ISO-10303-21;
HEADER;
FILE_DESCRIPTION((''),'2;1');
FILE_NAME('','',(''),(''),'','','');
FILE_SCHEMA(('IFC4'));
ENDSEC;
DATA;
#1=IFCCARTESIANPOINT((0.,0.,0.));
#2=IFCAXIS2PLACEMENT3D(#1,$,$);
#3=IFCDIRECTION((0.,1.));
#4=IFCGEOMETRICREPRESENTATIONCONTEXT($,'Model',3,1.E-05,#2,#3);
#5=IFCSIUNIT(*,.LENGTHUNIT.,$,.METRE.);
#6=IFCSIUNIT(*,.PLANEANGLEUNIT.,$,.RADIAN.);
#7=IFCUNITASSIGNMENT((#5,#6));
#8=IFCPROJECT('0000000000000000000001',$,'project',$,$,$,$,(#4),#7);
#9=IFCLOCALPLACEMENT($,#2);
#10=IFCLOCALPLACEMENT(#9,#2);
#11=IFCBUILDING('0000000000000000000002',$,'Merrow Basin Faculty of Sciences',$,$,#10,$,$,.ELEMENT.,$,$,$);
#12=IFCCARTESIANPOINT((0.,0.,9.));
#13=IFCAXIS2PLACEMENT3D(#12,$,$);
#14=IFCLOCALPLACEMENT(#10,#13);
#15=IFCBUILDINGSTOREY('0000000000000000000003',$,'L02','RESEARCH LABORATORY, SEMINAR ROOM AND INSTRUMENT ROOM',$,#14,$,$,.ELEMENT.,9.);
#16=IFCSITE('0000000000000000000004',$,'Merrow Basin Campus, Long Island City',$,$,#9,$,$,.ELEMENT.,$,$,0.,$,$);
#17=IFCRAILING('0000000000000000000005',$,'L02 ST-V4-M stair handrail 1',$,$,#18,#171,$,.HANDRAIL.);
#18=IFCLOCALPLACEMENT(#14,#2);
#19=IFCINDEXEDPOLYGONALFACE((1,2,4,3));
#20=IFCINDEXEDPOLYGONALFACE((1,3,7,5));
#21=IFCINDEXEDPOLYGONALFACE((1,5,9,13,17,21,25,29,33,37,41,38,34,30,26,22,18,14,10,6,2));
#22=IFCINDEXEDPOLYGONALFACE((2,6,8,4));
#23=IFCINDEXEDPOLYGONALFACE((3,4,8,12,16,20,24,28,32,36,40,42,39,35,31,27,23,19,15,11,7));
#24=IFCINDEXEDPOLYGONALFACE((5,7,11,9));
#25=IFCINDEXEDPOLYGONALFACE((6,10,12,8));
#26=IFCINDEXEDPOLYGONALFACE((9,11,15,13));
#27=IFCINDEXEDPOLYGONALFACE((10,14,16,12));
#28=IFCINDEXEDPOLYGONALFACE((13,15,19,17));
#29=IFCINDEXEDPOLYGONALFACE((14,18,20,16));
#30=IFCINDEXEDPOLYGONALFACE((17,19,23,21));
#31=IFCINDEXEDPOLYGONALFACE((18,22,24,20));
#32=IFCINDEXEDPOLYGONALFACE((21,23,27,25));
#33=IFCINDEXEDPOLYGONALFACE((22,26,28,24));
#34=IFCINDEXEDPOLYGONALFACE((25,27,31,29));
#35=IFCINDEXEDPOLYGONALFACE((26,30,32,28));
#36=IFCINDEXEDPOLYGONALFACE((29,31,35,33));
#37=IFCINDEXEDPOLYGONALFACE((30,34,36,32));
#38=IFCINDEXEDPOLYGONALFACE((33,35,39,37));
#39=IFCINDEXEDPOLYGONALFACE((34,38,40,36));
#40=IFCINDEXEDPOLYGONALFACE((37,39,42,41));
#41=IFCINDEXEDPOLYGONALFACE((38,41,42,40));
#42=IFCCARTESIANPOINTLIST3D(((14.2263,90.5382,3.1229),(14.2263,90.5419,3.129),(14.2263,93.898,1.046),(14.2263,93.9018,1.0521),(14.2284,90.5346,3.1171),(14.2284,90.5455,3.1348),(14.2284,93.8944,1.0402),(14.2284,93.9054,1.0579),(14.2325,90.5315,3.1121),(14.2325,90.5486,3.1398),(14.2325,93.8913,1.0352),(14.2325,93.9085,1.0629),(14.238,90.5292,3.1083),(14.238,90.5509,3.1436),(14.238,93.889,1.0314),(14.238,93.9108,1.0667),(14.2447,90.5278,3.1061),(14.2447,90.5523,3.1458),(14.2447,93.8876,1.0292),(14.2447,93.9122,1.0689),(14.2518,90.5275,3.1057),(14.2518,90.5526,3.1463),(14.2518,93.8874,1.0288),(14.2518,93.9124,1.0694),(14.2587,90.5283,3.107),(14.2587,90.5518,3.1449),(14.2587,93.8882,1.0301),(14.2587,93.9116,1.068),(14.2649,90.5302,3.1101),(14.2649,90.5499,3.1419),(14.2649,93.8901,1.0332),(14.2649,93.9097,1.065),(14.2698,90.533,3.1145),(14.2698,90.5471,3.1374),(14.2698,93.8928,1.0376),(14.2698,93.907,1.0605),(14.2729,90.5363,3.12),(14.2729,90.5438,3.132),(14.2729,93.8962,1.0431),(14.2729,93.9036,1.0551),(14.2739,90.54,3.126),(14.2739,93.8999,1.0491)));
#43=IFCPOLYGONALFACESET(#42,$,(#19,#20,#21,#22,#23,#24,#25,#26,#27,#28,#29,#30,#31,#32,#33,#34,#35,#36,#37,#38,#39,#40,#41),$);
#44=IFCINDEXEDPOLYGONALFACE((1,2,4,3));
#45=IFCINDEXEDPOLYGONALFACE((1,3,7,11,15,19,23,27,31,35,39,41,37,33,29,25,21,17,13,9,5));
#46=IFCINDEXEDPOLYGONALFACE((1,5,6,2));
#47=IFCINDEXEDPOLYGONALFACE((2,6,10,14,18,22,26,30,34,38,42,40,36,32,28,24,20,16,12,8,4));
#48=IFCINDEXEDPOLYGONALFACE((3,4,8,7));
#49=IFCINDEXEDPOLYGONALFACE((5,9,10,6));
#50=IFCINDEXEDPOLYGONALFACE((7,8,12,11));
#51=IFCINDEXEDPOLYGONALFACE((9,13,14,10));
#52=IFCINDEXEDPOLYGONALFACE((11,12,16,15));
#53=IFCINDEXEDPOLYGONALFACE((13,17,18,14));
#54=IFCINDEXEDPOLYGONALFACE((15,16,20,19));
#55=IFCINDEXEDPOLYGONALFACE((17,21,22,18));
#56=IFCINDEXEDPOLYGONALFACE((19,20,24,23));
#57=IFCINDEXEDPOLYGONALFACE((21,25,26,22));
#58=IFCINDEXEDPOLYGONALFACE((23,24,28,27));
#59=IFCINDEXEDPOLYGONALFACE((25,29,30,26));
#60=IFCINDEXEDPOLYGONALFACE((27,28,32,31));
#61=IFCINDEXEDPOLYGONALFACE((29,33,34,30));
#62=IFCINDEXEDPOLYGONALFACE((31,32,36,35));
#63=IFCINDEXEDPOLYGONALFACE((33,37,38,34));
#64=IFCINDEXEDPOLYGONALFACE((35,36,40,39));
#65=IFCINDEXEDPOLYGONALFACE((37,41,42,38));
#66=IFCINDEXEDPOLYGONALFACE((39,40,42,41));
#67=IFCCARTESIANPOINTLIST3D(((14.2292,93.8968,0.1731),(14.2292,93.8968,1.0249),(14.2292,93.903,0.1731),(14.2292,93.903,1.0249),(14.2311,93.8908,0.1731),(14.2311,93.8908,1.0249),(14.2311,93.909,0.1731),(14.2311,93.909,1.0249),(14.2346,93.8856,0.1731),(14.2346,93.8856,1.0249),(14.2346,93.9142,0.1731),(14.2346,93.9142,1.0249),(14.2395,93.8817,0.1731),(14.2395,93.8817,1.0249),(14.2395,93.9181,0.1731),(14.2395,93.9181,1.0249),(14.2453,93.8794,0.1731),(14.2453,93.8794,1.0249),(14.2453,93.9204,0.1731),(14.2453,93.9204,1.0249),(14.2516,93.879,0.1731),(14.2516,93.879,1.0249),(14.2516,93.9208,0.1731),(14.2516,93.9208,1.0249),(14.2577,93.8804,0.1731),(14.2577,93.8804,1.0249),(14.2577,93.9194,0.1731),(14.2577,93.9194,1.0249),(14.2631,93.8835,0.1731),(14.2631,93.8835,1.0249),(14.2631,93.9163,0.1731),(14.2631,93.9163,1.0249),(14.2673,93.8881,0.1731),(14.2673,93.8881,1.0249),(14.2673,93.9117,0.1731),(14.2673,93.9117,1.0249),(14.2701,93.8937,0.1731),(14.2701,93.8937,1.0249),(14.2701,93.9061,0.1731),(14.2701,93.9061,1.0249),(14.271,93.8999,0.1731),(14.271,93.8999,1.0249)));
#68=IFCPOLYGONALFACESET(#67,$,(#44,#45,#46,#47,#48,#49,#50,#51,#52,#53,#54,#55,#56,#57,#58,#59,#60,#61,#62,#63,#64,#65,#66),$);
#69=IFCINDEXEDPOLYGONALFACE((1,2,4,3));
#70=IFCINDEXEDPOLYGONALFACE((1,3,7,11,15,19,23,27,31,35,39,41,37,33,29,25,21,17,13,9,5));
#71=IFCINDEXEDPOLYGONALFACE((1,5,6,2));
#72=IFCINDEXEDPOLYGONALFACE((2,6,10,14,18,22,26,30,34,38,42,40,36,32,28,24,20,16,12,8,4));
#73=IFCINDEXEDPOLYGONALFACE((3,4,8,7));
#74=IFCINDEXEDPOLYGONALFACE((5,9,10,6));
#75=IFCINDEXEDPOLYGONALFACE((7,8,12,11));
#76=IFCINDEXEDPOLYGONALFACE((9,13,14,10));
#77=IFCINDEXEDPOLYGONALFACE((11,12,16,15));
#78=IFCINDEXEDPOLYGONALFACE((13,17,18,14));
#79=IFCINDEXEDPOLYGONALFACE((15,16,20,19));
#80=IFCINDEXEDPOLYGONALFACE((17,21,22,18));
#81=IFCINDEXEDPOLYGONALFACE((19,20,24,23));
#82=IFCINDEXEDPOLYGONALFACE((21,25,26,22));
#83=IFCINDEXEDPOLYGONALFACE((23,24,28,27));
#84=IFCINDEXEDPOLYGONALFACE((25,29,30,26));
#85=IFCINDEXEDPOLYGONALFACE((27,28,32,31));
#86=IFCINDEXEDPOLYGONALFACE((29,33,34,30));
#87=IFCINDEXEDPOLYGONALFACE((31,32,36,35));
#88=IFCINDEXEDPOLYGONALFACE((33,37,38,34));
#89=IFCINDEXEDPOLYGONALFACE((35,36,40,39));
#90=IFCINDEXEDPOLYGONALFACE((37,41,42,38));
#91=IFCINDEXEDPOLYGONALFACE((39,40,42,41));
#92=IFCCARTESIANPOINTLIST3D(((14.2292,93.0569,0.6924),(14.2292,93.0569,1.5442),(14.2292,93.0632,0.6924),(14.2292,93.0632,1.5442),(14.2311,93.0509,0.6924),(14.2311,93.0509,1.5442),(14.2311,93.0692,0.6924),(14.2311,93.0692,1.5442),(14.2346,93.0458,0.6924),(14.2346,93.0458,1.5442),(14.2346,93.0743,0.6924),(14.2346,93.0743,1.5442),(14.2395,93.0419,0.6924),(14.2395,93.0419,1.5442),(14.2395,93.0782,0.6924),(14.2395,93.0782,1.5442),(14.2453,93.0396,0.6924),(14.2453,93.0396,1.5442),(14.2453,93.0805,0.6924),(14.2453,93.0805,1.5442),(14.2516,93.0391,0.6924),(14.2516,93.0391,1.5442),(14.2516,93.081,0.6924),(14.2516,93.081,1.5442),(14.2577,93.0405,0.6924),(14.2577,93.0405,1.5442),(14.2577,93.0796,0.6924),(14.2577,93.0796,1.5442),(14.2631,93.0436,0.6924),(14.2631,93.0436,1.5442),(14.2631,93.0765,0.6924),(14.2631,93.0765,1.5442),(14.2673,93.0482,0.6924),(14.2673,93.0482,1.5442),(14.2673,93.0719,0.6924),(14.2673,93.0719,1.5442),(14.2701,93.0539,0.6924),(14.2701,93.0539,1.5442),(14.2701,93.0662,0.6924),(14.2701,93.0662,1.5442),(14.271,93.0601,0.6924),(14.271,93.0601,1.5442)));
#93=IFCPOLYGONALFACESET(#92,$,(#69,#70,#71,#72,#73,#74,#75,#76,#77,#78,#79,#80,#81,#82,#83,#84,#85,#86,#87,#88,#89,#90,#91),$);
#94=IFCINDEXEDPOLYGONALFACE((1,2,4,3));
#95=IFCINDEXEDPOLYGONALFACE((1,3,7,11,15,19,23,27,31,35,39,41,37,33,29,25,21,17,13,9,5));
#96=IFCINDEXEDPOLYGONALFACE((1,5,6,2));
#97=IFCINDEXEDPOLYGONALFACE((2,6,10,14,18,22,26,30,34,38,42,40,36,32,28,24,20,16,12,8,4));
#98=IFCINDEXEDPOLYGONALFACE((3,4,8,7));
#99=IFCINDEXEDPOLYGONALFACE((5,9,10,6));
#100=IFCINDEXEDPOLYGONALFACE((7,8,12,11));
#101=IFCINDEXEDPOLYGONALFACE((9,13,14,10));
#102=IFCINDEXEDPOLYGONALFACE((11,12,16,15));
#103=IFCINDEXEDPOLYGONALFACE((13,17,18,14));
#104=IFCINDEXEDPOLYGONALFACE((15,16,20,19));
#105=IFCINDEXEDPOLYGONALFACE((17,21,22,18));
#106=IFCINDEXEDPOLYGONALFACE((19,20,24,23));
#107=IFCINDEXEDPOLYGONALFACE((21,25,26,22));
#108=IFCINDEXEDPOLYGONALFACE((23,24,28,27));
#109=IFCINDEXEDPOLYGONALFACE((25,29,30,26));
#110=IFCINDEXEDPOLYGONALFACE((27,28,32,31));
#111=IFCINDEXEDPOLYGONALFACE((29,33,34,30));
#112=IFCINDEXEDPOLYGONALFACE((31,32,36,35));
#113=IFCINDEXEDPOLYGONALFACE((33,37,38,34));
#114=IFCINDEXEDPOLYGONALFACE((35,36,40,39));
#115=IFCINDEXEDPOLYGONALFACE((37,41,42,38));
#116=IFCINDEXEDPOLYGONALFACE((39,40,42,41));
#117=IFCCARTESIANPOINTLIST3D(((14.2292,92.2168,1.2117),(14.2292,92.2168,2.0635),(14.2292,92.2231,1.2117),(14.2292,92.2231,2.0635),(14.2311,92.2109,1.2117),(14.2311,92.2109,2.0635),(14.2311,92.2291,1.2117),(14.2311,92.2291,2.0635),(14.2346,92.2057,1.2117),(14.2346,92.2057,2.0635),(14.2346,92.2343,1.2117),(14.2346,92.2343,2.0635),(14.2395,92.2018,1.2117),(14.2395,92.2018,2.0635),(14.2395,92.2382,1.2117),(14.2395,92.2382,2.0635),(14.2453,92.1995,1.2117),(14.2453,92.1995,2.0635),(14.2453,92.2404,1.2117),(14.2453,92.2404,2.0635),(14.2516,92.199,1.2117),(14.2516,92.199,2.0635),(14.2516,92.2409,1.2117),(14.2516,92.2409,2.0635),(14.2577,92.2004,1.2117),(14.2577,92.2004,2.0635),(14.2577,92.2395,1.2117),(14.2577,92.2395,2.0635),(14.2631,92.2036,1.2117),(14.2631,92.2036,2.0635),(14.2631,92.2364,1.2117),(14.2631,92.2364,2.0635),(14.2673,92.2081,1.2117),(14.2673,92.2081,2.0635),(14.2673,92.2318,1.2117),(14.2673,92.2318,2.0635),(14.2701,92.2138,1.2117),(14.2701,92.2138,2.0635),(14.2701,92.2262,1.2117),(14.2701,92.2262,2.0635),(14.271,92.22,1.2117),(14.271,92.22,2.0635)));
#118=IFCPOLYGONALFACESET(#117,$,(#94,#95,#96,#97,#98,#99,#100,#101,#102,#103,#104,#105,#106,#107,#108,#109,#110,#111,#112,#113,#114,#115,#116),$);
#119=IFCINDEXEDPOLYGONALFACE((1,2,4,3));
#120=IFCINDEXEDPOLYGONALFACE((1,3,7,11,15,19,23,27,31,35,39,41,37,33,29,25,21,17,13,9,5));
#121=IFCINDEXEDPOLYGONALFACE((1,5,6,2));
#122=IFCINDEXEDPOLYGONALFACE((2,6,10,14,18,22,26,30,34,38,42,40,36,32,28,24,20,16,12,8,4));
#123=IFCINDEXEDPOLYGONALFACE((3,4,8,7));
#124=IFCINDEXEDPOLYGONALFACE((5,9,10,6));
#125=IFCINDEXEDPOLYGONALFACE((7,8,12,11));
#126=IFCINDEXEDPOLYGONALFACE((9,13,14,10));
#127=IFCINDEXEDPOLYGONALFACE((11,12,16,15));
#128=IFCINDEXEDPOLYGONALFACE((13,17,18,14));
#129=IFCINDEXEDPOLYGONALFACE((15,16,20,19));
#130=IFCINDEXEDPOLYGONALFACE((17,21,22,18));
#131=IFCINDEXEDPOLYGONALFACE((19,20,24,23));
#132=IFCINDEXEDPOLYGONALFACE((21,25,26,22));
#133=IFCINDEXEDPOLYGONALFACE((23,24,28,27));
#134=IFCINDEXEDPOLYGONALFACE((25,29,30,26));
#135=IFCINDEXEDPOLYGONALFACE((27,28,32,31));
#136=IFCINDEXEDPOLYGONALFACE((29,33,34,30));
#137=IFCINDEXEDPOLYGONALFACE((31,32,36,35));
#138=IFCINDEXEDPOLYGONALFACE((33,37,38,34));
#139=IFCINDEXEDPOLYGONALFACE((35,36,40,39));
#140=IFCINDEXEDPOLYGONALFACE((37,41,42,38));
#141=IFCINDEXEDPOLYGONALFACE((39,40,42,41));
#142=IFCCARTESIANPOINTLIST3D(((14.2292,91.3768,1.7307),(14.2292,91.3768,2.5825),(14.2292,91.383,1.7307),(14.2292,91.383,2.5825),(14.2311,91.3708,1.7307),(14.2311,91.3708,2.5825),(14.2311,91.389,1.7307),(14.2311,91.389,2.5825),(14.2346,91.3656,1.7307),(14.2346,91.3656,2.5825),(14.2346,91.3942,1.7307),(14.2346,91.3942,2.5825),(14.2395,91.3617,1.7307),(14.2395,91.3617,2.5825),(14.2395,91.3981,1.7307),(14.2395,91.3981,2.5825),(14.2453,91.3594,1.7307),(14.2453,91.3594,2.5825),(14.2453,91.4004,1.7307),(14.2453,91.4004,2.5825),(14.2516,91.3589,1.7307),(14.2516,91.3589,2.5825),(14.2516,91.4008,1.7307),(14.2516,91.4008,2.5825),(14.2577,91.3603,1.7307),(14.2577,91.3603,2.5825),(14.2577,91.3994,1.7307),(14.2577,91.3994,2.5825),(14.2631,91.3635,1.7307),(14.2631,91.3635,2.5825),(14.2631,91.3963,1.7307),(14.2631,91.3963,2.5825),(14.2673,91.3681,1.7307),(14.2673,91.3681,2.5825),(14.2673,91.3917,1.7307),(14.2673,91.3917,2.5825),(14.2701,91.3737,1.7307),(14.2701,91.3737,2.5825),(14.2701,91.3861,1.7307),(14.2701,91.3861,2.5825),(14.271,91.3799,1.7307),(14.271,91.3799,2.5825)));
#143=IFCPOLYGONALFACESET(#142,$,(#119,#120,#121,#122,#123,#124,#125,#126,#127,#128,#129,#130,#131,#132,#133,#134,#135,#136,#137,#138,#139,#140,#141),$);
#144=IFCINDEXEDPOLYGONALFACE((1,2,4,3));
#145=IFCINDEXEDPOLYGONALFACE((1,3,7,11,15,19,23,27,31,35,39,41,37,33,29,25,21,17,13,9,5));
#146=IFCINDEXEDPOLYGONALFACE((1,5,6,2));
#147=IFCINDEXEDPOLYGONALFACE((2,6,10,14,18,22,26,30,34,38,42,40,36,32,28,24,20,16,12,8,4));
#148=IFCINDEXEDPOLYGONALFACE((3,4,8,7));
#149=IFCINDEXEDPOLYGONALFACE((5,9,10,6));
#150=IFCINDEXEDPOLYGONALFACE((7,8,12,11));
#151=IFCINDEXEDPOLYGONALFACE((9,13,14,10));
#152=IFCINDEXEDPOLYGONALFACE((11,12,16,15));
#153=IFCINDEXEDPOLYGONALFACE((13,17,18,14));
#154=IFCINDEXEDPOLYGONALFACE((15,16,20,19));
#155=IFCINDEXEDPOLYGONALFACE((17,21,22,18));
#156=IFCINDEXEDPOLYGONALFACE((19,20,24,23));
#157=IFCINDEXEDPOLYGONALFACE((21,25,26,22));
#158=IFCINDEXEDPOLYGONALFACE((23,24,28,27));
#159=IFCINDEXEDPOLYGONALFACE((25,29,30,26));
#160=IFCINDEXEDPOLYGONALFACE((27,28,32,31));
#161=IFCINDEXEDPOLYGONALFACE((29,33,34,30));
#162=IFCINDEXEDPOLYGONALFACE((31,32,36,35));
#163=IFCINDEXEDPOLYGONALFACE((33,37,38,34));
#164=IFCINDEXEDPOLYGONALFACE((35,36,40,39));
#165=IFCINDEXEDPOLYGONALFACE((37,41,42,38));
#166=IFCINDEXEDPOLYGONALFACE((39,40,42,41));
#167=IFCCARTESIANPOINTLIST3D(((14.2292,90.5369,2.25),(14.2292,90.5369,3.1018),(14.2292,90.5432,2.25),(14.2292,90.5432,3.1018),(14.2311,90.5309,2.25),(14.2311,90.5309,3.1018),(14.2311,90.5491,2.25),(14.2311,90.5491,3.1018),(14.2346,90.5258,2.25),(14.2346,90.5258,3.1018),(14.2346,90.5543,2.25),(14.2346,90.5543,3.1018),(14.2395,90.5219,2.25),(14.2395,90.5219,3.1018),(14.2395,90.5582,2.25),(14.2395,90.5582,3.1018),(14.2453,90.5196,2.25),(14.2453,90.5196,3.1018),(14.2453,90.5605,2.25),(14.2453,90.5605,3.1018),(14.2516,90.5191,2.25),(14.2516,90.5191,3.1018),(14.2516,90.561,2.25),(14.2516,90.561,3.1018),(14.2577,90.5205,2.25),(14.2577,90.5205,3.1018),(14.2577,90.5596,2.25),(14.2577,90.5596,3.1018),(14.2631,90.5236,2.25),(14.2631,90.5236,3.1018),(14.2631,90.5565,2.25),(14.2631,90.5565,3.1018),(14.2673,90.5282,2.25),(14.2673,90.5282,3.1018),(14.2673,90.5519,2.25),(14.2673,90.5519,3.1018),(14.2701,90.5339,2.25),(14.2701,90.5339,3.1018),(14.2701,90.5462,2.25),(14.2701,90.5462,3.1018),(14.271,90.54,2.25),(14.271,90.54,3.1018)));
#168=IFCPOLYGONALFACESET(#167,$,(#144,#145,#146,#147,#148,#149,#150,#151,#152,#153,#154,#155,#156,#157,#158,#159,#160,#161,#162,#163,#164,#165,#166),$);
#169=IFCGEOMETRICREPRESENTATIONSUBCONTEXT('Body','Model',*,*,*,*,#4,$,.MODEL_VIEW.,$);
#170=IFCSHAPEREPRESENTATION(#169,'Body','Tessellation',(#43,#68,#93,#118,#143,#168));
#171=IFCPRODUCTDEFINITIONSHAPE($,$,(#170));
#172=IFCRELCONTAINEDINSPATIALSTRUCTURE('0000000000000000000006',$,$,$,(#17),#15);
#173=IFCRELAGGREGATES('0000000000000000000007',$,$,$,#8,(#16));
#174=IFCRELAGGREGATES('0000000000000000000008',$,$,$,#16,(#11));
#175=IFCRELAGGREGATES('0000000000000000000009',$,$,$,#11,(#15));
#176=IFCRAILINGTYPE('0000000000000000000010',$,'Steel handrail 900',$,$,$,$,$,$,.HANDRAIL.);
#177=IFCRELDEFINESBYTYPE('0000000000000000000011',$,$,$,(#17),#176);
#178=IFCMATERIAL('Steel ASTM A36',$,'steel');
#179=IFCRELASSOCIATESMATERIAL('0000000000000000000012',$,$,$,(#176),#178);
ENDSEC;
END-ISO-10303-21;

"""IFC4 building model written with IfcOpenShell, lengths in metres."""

from ifc_helpers import new_model, si_unit, direction, frame, origin, origin_2d, place, context, subcontext, project, spatial, circle, extrude, material, type_object, element, save


model = new_model("IFC4")

# Units and contexts
model_context = context("Model", 3, precision=1e-05, world=origin(), true_north=direction((0.0, 1.0)))
body_context = subcontext(model_context, "Body", "Model", "MODEL_VIEW")
ifc_project = project(units=[si_unit("LENGTHUNIT", "METRE"), si_unit("PLANEANGLEUNIT", "RADIAN")], contexts=[model_context])

# Site, building, storey
site_placement = place(None, origin())
site = spatial("IfcSite", under=ifc_project, at=site_placement, Name="Merrow Basin Campus, Long Island City", CompositionType="ELEMENT", RefElevation=0.0)
building_placement = place(site_placement, origin())
building = spatial("IfcBuilding", under=site, at=building_placement, Name="Merrow Basin Faculty of Sciences", CompositionType="ELEMENT")
storey_placement = place(building_placement, frame((0.0, 0.0, 9.0)))
storey = spatial("IfcBuildingStorey", under=building, at=storey_placement, Name="L02", Description="RESEARCH LABORATORY, SEMINAR ROOM AND INSTRUMENT ROOM", CompositionType="ELEMENT", Elevation=9.0)

# Railing
ifc_material_1 = material(Name="Steel ASTM A36", Category="steel")
railing_type_1 = type_object("IfcRailingType", Name="Steel handrail 900", PredefinedType="HANDRAIL", material=ifc_material_1)
railing_1_placement = place(storey_placement, frame((14.25, 93.8999, 0.1731)))
element("IfcRailing", 1, at=railing_1_placement, inside=storey, type_object=railing_type_1, Name="L02 ST-V4-M stair handrail 1", PredefinedType="HANDRAIL", context=body_context, shape_type="SweptSolid", body=[
    extrude(circle(Radius=0.0239, at=origin_2d()), frame((0.0, 0.0, 0.876), z_axis=(0.0, -0.850606, 0.525803), x_axis=(1.0, 0.0, 0.0)), (0.0, 0.0, 1.0), 3.95),
    extrude(circle(Radius=0.021, at=origin_2d()), origin(), (0.0, 0.0, 1.0), 0.8518),
    extrude(circle(Radius=0.021, at=origin_2d()), frame((0.0, -0.8398, 0.5193)), (0.0, 0.0, 1.0), 0.8518),
    extrude(circle(Radius=0.021, at=origin_2d()), frame((0.0, -1.6799, 1.0386)), (0.0, 0.0, 1.0), 0.8518),
    extrude(circle(Radius=0.021, at=origin_2d()), frame((0.0, -2.52, 1.5576)), (0.0, 0.0, 1.0), 0.8518),
    extrude(circle(Radius=0.021, at=origin_2d()), frame((0.0, -3.3599, 2.0769)), (0.0, 0.0, 1.0), 0.8518),
])

save(model, "model.ifc")
